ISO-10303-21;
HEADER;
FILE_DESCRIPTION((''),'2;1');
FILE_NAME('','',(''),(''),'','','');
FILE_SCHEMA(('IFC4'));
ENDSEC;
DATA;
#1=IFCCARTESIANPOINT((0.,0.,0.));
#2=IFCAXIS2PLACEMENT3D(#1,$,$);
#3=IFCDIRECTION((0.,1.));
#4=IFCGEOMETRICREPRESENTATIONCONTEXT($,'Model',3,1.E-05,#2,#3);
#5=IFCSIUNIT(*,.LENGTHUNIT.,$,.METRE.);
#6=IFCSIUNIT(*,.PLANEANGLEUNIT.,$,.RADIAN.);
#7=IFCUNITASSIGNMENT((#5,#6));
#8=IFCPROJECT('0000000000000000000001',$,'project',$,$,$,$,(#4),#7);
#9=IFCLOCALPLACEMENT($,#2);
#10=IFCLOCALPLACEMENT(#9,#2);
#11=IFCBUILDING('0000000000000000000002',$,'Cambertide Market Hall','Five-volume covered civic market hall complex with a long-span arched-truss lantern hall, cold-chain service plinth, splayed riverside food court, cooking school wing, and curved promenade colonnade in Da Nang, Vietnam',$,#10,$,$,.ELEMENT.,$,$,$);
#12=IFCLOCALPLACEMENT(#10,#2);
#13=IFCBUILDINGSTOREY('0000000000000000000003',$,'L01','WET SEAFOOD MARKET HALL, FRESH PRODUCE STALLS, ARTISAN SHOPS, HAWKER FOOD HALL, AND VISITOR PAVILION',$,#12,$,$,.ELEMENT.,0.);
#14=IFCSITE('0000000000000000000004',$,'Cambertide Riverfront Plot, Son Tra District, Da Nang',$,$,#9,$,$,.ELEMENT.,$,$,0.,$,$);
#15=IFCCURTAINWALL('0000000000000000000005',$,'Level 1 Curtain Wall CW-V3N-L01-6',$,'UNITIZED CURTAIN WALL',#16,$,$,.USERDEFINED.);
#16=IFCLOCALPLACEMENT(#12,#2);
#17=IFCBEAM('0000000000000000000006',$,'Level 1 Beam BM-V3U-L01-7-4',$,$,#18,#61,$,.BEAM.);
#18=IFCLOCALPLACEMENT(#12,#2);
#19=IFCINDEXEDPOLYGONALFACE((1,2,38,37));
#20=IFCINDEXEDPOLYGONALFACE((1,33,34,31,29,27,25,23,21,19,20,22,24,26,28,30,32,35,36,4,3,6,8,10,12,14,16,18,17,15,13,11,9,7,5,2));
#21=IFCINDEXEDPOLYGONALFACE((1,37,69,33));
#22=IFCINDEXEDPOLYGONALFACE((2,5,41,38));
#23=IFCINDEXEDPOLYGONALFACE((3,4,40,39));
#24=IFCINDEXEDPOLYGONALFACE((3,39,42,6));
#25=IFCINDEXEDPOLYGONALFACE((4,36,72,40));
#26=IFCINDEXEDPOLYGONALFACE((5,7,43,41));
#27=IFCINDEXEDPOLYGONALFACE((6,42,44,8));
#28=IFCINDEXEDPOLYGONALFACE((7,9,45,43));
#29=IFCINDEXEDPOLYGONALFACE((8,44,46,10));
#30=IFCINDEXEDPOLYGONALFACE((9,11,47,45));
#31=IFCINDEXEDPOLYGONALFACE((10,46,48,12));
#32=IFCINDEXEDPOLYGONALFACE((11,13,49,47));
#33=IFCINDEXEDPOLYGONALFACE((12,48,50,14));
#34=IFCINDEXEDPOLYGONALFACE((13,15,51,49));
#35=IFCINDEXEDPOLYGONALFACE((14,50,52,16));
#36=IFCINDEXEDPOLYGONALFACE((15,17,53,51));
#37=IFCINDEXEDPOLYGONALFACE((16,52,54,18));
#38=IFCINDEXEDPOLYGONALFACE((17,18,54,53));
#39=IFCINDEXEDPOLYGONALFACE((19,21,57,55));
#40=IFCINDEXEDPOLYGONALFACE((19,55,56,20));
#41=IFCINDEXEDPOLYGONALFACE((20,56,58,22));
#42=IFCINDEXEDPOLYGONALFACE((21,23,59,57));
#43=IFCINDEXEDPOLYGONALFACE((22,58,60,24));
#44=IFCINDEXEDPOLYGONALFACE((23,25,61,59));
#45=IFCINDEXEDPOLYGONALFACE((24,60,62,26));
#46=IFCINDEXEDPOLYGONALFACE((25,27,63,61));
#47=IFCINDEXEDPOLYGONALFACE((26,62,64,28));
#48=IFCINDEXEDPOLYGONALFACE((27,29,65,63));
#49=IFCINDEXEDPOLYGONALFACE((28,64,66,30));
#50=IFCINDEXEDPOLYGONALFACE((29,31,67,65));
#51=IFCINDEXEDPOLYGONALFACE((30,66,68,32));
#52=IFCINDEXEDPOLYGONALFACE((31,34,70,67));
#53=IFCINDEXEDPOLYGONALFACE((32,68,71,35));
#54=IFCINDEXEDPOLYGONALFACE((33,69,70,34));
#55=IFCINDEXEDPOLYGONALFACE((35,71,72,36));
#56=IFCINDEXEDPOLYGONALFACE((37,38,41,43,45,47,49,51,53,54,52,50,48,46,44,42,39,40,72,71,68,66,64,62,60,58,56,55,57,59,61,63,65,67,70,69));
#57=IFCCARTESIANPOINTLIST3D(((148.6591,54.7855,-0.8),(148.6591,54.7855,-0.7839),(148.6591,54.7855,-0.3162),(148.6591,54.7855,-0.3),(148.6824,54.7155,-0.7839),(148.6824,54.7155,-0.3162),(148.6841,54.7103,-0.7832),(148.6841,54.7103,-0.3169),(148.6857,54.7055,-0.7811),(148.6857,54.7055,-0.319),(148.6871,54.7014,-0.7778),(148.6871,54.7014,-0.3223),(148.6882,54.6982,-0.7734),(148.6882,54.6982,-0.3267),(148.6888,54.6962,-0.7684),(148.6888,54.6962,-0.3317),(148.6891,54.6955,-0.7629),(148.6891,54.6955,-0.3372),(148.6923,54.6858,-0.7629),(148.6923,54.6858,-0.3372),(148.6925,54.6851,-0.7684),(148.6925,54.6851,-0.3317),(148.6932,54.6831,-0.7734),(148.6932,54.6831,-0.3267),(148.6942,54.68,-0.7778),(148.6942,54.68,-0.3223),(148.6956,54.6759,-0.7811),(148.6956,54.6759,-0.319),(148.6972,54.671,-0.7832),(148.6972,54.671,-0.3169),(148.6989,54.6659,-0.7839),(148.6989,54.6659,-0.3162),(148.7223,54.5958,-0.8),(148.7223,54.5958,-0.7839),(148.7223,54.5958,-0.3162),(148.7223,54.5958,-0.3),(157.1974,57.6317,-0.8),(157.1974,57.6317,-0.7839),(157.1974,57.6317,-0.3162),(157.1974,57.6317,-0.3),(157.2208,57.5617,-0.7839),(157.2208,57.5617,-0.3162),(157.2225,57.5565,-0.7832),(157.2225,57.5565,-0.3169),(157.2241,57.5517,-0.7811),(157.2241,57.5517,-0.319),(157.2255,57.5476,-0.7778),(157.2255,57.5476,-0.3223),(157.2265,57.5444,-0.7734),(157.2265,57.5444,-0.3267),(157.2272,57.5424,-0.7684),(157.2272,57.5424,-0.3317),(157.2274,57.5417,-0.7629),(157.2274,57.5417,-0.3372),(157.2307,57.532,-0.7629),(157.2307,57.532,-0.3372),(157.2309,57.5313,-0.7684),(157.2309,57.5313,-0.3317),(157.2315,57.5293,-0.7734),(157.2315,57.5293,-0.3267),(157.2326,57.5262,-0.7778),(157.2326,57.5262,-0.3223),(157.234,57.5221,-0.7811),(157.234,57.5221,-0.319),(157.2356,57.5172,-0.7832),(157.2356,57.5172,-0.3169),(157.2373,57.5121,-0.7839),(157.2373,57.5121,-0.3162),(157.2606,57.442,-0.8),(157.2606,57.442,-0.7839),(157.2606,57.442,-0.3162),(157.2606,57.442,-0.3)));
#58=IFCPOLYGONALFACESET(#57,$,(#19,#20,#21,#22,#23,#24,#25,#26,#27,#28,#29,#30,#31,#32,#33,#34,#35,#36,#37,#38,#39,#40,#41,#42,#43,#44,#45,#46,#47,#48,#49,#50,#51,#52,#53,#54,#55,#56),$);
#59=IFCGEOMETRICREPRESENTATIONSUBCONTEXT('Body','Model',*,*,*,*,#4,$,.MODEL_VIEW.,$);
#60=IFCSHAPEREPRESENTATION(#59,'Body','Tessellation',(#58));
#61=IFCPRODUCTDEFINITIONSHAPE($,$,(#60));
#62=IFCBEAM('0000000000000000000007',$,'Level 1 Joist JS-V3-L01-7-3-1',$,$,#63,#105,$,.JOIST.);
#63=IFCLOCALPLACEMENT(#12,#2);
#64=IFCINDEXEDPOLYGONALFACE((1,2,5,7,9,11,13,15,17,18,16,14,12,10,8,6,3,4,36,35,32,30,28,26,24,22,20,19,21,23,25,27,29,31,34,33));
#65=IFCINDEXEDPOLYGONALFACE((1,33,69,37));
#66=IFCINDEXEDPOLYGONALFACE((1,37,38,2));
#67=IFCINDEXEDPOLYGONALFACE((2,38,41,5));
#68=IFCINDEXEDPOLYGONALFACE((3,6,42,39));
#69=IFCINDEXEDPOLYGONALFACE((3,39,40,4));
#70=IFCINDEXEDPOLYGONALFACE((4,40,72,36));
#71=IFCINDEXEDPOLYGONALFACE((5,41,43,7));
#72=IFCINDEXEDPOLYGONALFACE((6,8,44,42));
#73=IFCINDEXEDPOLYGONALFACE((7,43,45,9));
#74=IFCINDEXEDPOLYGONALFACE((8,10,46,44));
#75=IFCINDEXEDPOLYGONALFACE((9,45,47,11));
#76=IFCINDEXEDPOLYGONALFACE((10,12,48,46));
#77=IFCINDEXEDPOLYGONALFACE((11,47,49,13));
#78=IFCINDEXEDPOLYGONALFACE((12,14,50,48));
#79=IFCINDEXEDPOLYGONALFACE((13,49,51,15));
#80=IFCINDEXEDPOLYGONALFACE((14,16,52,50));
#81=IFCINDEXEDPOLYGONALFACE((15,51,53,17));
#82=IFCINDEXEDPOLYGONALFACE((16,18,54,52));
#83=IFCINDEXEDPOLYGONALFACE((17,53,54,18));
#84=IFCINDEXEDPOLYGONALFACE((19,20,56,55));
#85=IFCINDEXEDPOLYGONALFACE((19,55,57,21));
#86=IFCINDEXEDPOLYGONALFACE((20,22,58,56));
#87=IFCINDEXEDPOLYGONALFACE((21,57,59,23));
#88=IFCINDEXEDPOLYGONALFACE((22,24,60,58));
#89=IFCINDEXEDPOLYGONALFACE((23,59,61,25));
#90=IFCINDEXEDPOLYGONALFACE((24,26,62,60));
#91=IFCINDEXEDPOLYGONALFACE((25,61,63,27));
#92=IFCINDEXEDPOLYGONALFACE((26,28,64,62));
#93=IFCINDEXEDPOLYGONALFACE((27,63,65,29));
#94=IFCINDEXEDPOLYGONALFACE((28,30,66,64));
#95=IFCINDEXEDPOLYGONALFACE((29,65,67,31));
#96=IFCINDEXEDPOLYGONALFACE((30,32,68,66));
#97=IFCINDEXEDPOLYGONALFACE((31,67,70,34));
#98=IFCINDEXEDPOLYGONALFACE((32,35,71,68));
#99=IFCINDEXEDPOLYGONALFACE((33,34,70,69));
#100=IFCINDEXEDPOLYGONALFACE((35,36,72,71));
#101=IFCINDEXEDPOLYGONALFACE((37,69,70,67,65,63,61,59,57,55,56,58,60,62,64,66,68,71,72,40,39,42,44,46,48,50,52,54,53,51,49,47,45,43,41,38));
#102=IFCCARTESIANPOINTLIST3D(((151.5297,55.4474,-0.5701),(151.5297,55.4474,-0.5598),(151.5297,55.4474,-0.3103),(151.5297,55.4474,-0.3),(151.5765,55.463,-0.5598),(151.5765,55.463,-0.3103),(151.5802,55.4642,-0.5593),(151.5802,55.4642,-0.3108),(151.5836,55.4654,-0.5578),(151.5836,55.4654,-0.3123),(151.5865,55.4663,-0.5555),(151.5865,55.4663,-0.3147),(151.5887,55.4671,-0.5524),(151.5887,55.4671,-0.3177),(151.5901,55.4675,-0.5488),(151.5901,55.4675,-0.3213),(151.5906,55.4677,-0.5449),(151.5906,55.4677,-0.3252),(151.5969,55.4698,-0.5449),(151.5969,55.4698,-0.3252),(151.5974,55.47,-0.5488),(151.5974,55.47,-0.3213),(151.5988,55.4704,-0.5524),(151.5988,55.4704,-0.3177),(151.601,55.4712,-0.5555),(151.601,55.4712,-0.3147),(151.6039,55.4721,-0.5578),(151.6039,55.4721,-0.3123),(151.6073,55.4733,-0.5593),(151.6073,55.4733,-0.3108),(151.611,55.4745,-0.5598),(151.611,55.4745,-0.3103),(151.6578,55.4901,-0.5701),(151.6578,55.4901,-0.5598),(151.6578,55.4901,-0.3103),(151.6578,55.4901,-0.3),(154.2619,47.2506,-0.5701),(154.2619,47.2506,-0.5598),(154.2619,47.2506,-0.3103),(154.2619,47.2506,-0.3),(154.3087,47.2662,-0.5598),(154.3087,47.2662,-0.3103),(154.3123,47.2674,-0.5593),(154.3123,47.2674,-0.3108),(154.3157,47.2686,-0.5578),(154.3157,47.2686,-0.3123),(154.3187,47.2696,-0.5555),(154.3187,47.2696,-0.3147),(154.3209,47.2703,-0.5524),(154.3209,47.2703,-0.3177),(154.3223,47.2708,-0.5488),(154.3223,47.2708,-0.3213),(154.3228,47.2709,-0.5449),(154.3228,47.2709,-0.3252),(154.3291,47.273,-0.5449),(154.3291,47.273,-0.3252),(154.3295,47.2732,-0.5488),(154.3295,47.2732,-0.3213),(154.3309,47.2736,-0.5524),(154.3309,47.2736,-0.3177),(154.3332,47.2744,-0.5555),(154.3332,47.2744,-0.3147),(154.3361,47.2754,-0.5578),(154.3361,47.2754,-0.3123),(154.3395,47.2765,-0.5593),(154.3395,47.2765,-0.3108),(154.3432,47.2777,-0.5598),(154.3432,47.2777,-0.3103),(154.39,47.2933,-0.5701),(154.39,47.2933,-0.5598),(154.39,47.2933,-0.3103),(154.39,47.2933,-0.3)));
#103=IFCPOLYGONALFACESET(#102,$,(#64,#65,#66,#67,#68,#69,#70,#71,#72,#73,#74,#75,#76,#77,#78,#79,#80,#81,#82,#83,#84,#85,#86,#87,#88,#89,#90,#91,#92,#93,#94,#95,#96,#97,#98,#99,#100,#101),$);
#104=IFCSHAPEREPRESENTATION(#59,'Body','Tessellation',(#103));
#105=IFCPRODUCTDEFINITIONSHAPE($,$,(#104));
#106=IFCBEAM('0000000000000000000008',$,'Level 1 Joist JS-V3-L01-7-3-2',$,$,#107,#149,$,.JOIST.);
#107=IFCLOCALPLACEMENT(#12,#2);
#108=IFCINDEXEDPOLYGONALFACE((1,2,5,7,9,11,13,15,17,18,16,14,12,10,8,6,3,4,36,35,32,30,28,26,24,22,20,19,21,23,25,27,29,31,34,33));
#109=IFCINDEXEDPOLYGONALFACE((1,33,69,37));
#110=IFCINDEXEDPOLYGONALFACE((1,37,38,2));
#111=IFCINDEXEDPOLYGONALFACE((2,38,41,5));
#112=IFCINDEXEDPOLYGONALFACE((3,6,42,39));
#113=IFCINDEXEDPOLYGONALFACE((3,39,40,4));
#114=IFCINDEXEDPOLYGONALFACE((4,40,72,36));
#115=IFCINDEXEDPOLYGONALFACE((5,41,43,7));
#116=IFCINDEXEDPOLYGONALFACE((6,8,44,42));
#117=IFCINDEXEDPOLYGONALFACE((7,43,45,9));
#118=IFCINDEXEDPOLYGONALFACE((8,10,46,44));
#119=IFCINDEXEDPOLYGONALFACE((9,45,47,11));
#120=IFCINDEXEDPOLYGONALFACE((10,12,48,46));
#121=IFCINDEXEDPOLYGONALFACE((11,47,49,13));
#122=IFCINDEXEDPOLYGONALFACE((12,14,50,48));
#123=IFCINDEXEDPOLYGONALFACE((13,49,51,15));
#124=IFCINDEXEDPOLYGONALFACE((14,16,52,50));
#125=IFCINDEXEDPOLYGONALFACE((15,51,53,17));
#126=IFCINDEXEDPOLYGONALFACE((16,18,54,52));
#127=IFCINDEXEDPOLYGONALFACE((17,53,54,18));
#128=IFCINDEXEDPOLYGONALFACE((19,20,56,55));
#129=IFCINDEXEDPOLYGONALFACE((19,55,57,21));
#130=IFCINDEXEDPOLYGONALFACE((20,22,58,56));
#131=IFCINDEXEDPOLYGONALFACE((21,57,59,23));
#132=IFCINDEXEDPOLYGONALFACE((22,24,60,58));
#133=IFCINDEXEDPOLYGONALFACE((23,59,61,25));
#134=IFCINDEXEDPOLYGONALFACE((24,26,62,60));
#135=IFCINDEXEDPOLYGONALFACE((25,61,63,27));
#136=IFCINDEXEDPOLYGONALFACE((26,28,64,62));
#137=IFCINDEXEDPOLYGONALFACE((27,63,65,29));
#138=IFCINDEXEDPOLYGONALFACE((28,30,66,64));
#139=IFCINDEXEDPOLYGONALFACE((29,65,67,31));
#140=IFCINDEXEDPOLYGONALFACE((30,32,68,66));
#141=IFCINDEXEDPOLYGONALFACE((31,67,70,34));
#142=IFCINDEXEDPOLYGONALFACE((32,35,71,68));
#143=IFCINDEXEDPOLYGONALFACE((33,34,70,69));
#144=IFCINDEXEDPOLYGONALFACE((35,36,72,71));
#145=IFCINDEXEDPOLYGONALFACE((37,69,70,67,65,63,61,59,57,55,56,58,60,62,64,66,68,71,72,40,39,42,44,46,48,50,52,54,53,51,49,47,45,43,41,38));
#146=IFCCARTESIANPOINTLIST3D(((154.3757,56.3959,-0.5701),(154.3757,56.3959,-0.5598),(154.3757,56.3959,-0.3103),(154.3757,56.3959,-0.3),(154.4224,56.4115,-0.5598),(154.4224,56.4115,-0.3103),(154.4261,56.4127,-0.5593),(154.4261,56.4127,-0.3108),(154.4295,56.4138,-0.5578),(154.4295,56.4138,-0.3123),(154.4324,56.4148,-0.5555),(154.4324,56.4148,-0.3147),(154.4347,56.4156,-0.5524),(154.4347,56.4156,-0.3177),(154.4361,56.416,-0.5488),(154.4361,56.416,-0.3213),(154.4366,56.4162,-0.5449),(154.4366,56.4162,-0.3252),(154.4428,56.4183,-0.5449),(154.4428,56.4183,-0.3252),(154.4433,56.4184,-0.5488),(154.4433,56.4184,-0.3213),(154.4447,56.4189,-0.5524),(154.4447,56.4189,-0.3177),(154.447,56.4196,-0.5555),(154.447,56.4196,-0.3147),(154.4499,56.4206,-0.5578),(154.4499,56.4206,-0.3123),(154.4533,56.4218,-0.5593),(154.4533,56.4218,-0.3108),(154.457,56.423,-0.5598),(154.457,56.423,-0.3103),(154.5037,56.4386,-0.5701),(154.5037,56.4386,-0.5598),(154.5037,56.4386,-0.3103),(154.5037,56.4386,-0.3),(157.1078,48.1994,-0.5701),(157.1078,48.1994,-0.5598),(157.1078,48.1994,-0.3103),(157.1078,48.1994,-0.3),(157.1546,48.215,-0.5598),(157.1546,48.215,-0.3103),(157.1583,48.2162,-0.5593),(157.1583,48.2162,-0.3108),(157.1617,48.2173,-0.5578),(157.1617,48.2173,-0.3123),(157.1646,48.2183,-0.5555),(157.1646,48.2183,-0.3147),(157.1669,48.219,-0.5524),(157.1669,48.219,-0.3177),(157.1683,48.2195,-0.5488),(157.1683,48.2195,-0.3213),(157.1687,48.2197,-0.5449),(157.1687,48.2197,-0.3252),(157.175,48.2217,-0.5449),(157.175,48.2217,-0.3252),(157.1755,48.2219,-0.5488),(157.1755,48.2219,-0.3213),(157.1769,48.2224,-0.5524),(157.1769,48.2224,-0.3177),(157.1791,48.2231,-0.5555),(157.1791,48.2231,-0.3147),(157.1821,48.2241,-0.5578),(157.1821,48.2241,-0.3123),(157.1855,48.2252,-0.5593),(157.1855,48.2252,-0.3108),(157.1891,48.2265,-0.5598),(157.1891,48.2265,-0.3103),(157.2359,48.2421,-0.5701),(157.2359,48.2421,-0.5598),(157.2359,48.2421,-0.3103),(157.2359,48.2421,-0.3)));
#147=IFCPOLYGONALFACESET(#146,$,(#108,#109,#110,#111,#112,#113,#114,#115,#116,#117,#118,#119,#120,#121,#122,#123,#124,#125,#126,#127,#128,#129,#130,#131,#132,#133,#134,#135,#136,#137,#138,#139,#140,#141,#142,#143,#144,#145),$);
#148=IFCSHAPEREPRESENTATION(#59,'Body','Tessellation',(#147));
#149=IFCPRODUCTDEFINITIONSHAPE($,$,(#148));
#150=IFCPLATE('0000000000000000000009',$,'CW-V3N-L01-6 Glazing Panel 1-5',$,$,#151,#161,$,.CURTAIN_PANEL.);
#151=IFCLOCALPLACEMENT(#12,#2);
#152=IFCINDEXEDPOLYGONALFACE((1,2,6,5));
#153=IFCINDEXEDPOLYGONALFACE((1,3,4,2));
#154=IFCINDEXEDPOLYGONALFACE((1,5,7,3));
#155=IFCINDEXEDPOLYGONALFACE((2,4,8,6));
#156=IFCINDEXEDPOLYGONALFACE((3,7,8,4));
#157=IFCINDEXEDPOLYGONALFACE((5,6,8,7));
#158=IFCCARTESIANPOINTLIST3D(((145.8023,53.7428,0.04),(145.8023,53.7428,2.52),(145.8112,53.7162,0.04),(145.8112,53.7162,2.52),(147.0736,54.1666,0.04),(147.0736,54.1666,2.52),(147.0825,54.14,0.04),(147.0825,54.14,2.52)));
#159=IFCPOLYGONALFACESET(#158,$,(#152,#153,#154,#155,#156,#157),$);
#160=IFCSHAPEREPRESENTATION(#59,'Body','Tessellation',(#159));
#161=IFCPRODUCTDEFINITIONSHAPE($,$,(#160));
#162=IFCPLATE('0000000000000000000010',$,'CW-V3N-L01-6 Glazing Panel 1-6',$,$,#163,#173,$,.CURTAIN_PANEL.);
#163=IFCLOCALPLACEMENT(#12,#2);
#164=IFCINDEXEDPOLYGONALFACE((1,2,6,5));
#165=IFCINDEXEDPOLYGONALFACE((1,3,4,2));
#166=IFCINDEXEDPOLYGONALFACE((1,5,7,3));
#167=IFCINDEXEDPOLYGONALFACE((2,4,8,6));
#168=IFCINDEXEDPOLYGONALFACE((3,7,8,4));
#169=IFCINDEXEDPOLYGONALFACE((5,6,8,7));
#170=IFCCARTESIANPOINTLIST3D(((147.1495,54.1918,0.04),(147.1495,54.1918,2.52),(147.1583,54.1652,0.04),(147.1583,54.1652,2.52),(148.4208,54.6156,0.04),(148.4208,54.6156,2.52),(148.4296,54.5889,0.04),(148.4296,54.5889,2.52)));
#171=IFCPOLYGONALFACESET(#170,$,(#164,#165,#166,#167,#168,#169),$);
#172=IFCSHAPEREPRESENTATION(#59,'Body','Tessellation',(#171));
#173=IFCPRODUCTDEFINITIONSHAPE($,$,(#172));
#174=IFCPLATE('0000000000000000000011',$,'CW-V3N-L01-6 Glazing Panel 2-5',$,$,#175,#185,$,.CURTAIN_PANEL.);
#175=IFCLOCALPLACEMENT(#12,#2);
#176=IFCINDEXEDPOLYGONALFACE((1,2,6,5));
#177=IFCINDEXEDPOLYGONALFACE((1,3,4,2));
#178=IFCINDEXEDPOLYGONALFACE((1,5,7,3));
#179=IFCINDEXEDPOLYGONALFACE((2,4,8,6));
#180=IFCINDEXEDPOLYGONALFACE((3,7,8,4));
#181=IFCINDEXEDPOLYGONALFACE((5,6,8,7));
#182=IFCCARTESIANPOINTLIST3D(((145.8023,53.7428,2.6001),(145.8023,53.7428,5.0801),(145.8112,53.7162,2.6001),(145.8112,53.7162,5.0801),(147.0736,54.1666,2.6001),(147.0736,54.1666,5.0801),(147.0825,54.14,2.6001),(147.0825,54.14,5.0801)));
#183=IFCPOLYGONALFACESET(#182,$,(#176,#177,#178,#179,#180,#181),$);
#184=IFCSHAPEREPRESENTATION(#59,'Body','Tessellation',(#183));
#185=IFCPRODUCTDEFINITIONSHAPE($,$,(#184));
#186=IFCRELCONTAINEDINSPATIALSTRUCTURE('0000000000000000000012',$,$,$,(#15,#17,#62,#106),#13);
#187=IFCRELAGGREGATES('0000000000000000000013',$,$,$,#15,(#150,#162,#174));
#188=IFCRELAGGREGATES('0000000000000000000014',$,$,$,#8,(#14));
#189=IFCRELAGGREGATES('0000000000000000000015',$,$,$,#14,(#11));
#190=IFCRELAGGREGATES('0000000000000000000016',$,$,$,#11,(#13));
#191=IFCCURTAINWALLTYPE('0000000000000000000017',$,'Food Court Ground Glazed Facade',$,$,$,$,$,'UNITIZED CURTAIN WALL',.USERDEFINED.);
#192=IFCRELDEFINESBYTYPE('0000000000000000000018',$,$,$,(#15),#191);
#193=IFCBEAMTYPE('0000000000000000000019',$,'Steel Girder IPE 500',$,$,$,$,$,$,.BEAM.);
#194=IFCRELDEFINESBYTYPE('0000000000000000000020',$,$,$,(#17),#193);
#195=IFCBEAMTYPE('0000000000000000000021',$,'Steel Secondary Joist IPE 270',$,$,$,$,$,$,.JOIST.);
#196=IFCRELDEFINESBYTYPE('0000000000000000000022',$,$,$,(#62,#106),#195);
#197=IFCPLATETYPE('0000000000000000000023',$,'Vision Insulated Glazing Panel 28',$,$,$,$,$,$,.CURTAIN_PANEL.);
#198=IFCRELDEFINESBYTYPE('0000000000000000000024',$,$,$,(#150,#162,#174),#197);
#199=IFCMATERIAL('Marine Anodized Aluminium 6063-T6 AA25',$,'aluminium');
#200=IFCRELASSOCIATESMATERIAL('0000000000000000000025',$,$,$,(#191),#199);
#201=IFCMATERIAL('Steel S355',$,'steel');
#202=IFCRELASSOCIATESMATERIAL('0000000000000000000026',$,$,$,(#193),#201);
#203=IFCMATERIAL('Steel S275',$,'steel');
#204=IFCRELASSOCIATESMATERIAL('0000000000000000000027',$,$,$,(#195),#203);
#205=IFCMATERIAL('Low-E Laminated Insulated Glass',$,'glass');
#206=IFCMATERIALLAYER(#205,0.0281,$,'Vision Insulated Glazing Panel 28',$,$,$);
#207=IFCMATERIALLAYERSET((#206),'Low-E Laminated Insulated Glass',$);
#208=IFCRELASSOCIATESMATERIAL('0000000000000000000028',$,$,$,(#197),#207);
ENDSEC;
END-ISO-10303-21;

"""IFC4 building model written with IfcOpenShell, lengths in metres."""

from ifc_helpers import new_model, si_unit, direction, frame, origin, origin_2d, place, context, subcontext, project, spatial, rectangle, i_section, extrude, material, layer, layer_set, material_profile, profile_set, type_object, element, aggregate, save


model = new_model("IFC4")

# Units and contexts
model_context = context("Model", 3, precision=1e-05, world=origin(), true_north=direction((0.0, 1.0)))
body_context = subcontext(model_context, "Body", "Model", "MODEL_VIEW")
ifc_project = project(units=[si_unit("LENGTHUNIT", "METRE"), si_unit("PLANEANGLEUNIT", "RADIAN")], contexts=[model_context])

# Site, building, storey
site_placement = place(None, origin())
site = spatial("IfcSite", under=ifc_project, at=site_placement, Name="Cambertide Riverfront Plot, Son Tra District, Da Nang", CompositionType="ELEMENT", RefElevation=0.0)
building_placement = place(site_placement, origin())
building = spatial("IfcBuilding", under=site, at=building_placement, Name="Cambertide Market Hall", Description="Five-volume covered civic market hall complex with a long-span arched-truss lantern hall, cold-chain service plinth, splayed riverside food court, cooking school wing, and curved promenade colonnade in Da Nang, Vietnam", CompositionType="ELEMENT")
storey_placement = place(building_placement, origin())
storey = spatial("IfcBuildingStorey", under=building, at=storey_placement, Name="L01", Description="WET SEAFOOD MARKET HALL, FRESH PRODUCE STALLS, ARTISAN SHOPS, HAWKER FOOD HALL, AND VISITOR PAVILION", CompositionType="ELEMENT", Elevation=0.0)

# Curtain wall
ifc_material_1 = material(Name="Marine Anodized Aluminium 6063-T6 AA25", Category="aluminium")
curtain_wall_type = type_object("IfcCurtainWallType", Name="Food Court Ground Glazed Facade", ElementType="UNITIZED CURTAIN WALL", PredefinedType="USERDEFINED", material=ifc_material_1)
curtain_wall_1_placement = place(storey_placement, origin())
curtain_wall_1 = element("IfcCurtainWall", 1, at=curtain_wall_1_placement, inside=storey, type_object=curtain_wall_type, Name="Level 1 Curtain Wall CW-V3N-L01-6", ObjectType="UNITIZED CURTAIN WALL", PredefinedType="USERDEFINED")

# Beams
ifc_material_2 = material(Name="Steel S355", Category="steel")
ifc_material_profile_1 = material_profile(ifc_material_2, i_section(OverallWidth=0.2, OverallDepth=0.5, WebThickness=0.0103, FlangeThickness=0.0161, FilletRadius=0.021, at=origin_2d()), Name="IPE 500")
ifc_profile_set_1 = profile_set([ifc_material_profile_1], Name="Steel S355")
beam_type_1 = type_object("IfcBeamType", Name="Steel Girder IPE 500", PredefinedType="BEAM", material=ifc_profile_set_1)
beam_1_placement = place(storey_placement, frame((148.6907, 54.6907, -0.55), z_axis=(0.948681, 0.316236, 0.0), x_axis=(-0.316236, 0.948681, 0.0)))
element("IfcBeam", 2, at=beam_1_placement, inside=storey, type_object=beam_type_1, Name="Level 1 Beam BM-V3U-L01-7-4", PredefinedType="BEAM", context=body_context, shape_type="SweptSolid", body=[
    extrude(i_section(OverallWidth=0.2, OverallDepth=0.5, WebThickness=0.0103, FlangeThickness=0.0161, FilletRadius=0.021, at=origin_2d()), origin(), (0.0, 0.0, 1.0), 9.0002),
])
ifc_material_3 = material(Name="Steel S275", Category="steel")
ifc_material_profile_2 = material_profile(ifc_material_3, i_section(OverallWidth=0.135, OverallDepth=0.27, WebThickness=0.0066, FlangeThickness=0.0103, FilletRadius=0.0149, at=origin_2d()), Name="IPE 270")
ifc_profile_set_2 = profile_set([ifc_material_profile_2], Name="Steel S275")
beam_type_2 = type_object("IfcBeamType", Name="Steel Secondary Joist IPE 270", PredefinedType="JOIST", material=ifc_profile_set_2)
beam_2_placement = place(storey_placement, frame((154.3259, 47.272, -0.4351), z_axis=(-0.316219, 0.948686, 0.0), x_axis=(-0.948686, -0.316219, 0.0)))
element("IfcBeam", 3, at=beam_2_placement, inside=storey, type_object=beam_type_2, Name="Level 1 Joist JS-V3-L01-7-3-1", PredefinedType="JOIST", context=body_context, shape_type="SweptSolid", body=[
    extrude(i_section(OverallWidth=0.135, OverallDepth=0.27, WebThickness=0.0066, FlangeThickness=0.0103, FilletRadius=0.0149, at=origin_2d()), origin(), (0.0, 0.0, 1.0), 8.6401),
])
beam_3_placement = place(storey_placement, frame((157.1719, 48.2207, -0.4351), z_axis=(-0.316228, 0.948683, 0.0), x_axis=(-0.948683, -0.316228, 0.0)))
element("IfcBeam", 4, at=beam_3_placement, inside=storey, type_object=beam_type_2, Name="Level 1 Joist JS-V3-L01-7-3-2", PredefinedType="JOIST", context=body_context, shape_type="SweptSolid", body=[
    extrude(i_section(OverallWidth=0.135, OverallDepth=0.27, WebThickness=0.0066, FlangeThickness=0.0103, FilletRadius=0.0149, at=origin_2d()), origin(), (0.0, 0.0, 1.0), 8.6399),
])

# Plates
ifc_material_4 = material(Name="Low-E Laminated Insulated Glass", Category="glass")
ifc_layer_1 = layer(ifc_material_4, 0.0281, Name="Vision Insulated Glazing Panel 28")
ifc_layer_set_1 = layer_set([ifc_layer_1], Name="Low-E Laminated Insulated Glass")
plate_type = type_object("IfcPlateType", Name="Vision Insulated Glazing Panel 28", PredefinedType="CURTAIN_PANEL", material=ifc_layer_set_1)
plate_1_placement = place(storey_placement, frame((146.4424, 53.9414, 0.04), z_axis=(0.0, 0.0, 1.0), x_axis=(0.948683, 0.316228, 0.0)))
plate_1 = element("IfcPlate", 5, at=plate_1_placement, type_object=plate_type, Name="CW-V3N-L01-6 Glazing Panel 1-5", PredefinedType="CURTAIN_PANEL", context=body_context, shape_type="SweptSolid", body=[
    extrude(rectangle(XDim=1.3401, YDim=0.0281, at=origin_2d()), origin(), (0.0, 0.0, 1.0), 2.48),
])
plate_2_placement = place(storey_placement, frame((147.7896, 54.3904, 0.04), z_axis=(0.0, 0.0, 1.0), x_axis=(0.948683, 0.316228, 0.0)))
plate_2 = element("IfcPlate", 6, at=plate_2_placement, type_object=plate_type, Name="CW-V3N-L01-6 Glazing Panel 1-6", PredefinedType="CURTAIN_PANEL", context=body_context, shape_type="SweptSolid", body=[
    extrude(rectangle(XDim=1.3401, YDim=0.0281, at=origin_2d()), origin(), (0.0, 0.0, 1.0), 2.48),
])
plate_3_placement = place(storey_placement, frame((146.4424, 53.9414, 2.6001), z_axis=(0.0, 0.0, 1.0), x_axis=(0.948683, 0.316228, 0.0)))
plate_3 = element("IfcPlate", 7, at=plate_3_placement, type_object=plate_type, Name="CW-V3N-L01-6 Glazing Panel 2-5", PredefinedType="CURTAIN_PANEL", context=body_context, shape_type="SweptSolid", body=[
    extrude(rectangle(XDim=1.3401, YDim=0.0281, at=origin_2d()), origin(), (0.0, 0.0, 1.0), 2.48),
])
aggregate(curtain_wall_1, [plate_1, plate_2, plate_3])

save(model, "model.ifc")
